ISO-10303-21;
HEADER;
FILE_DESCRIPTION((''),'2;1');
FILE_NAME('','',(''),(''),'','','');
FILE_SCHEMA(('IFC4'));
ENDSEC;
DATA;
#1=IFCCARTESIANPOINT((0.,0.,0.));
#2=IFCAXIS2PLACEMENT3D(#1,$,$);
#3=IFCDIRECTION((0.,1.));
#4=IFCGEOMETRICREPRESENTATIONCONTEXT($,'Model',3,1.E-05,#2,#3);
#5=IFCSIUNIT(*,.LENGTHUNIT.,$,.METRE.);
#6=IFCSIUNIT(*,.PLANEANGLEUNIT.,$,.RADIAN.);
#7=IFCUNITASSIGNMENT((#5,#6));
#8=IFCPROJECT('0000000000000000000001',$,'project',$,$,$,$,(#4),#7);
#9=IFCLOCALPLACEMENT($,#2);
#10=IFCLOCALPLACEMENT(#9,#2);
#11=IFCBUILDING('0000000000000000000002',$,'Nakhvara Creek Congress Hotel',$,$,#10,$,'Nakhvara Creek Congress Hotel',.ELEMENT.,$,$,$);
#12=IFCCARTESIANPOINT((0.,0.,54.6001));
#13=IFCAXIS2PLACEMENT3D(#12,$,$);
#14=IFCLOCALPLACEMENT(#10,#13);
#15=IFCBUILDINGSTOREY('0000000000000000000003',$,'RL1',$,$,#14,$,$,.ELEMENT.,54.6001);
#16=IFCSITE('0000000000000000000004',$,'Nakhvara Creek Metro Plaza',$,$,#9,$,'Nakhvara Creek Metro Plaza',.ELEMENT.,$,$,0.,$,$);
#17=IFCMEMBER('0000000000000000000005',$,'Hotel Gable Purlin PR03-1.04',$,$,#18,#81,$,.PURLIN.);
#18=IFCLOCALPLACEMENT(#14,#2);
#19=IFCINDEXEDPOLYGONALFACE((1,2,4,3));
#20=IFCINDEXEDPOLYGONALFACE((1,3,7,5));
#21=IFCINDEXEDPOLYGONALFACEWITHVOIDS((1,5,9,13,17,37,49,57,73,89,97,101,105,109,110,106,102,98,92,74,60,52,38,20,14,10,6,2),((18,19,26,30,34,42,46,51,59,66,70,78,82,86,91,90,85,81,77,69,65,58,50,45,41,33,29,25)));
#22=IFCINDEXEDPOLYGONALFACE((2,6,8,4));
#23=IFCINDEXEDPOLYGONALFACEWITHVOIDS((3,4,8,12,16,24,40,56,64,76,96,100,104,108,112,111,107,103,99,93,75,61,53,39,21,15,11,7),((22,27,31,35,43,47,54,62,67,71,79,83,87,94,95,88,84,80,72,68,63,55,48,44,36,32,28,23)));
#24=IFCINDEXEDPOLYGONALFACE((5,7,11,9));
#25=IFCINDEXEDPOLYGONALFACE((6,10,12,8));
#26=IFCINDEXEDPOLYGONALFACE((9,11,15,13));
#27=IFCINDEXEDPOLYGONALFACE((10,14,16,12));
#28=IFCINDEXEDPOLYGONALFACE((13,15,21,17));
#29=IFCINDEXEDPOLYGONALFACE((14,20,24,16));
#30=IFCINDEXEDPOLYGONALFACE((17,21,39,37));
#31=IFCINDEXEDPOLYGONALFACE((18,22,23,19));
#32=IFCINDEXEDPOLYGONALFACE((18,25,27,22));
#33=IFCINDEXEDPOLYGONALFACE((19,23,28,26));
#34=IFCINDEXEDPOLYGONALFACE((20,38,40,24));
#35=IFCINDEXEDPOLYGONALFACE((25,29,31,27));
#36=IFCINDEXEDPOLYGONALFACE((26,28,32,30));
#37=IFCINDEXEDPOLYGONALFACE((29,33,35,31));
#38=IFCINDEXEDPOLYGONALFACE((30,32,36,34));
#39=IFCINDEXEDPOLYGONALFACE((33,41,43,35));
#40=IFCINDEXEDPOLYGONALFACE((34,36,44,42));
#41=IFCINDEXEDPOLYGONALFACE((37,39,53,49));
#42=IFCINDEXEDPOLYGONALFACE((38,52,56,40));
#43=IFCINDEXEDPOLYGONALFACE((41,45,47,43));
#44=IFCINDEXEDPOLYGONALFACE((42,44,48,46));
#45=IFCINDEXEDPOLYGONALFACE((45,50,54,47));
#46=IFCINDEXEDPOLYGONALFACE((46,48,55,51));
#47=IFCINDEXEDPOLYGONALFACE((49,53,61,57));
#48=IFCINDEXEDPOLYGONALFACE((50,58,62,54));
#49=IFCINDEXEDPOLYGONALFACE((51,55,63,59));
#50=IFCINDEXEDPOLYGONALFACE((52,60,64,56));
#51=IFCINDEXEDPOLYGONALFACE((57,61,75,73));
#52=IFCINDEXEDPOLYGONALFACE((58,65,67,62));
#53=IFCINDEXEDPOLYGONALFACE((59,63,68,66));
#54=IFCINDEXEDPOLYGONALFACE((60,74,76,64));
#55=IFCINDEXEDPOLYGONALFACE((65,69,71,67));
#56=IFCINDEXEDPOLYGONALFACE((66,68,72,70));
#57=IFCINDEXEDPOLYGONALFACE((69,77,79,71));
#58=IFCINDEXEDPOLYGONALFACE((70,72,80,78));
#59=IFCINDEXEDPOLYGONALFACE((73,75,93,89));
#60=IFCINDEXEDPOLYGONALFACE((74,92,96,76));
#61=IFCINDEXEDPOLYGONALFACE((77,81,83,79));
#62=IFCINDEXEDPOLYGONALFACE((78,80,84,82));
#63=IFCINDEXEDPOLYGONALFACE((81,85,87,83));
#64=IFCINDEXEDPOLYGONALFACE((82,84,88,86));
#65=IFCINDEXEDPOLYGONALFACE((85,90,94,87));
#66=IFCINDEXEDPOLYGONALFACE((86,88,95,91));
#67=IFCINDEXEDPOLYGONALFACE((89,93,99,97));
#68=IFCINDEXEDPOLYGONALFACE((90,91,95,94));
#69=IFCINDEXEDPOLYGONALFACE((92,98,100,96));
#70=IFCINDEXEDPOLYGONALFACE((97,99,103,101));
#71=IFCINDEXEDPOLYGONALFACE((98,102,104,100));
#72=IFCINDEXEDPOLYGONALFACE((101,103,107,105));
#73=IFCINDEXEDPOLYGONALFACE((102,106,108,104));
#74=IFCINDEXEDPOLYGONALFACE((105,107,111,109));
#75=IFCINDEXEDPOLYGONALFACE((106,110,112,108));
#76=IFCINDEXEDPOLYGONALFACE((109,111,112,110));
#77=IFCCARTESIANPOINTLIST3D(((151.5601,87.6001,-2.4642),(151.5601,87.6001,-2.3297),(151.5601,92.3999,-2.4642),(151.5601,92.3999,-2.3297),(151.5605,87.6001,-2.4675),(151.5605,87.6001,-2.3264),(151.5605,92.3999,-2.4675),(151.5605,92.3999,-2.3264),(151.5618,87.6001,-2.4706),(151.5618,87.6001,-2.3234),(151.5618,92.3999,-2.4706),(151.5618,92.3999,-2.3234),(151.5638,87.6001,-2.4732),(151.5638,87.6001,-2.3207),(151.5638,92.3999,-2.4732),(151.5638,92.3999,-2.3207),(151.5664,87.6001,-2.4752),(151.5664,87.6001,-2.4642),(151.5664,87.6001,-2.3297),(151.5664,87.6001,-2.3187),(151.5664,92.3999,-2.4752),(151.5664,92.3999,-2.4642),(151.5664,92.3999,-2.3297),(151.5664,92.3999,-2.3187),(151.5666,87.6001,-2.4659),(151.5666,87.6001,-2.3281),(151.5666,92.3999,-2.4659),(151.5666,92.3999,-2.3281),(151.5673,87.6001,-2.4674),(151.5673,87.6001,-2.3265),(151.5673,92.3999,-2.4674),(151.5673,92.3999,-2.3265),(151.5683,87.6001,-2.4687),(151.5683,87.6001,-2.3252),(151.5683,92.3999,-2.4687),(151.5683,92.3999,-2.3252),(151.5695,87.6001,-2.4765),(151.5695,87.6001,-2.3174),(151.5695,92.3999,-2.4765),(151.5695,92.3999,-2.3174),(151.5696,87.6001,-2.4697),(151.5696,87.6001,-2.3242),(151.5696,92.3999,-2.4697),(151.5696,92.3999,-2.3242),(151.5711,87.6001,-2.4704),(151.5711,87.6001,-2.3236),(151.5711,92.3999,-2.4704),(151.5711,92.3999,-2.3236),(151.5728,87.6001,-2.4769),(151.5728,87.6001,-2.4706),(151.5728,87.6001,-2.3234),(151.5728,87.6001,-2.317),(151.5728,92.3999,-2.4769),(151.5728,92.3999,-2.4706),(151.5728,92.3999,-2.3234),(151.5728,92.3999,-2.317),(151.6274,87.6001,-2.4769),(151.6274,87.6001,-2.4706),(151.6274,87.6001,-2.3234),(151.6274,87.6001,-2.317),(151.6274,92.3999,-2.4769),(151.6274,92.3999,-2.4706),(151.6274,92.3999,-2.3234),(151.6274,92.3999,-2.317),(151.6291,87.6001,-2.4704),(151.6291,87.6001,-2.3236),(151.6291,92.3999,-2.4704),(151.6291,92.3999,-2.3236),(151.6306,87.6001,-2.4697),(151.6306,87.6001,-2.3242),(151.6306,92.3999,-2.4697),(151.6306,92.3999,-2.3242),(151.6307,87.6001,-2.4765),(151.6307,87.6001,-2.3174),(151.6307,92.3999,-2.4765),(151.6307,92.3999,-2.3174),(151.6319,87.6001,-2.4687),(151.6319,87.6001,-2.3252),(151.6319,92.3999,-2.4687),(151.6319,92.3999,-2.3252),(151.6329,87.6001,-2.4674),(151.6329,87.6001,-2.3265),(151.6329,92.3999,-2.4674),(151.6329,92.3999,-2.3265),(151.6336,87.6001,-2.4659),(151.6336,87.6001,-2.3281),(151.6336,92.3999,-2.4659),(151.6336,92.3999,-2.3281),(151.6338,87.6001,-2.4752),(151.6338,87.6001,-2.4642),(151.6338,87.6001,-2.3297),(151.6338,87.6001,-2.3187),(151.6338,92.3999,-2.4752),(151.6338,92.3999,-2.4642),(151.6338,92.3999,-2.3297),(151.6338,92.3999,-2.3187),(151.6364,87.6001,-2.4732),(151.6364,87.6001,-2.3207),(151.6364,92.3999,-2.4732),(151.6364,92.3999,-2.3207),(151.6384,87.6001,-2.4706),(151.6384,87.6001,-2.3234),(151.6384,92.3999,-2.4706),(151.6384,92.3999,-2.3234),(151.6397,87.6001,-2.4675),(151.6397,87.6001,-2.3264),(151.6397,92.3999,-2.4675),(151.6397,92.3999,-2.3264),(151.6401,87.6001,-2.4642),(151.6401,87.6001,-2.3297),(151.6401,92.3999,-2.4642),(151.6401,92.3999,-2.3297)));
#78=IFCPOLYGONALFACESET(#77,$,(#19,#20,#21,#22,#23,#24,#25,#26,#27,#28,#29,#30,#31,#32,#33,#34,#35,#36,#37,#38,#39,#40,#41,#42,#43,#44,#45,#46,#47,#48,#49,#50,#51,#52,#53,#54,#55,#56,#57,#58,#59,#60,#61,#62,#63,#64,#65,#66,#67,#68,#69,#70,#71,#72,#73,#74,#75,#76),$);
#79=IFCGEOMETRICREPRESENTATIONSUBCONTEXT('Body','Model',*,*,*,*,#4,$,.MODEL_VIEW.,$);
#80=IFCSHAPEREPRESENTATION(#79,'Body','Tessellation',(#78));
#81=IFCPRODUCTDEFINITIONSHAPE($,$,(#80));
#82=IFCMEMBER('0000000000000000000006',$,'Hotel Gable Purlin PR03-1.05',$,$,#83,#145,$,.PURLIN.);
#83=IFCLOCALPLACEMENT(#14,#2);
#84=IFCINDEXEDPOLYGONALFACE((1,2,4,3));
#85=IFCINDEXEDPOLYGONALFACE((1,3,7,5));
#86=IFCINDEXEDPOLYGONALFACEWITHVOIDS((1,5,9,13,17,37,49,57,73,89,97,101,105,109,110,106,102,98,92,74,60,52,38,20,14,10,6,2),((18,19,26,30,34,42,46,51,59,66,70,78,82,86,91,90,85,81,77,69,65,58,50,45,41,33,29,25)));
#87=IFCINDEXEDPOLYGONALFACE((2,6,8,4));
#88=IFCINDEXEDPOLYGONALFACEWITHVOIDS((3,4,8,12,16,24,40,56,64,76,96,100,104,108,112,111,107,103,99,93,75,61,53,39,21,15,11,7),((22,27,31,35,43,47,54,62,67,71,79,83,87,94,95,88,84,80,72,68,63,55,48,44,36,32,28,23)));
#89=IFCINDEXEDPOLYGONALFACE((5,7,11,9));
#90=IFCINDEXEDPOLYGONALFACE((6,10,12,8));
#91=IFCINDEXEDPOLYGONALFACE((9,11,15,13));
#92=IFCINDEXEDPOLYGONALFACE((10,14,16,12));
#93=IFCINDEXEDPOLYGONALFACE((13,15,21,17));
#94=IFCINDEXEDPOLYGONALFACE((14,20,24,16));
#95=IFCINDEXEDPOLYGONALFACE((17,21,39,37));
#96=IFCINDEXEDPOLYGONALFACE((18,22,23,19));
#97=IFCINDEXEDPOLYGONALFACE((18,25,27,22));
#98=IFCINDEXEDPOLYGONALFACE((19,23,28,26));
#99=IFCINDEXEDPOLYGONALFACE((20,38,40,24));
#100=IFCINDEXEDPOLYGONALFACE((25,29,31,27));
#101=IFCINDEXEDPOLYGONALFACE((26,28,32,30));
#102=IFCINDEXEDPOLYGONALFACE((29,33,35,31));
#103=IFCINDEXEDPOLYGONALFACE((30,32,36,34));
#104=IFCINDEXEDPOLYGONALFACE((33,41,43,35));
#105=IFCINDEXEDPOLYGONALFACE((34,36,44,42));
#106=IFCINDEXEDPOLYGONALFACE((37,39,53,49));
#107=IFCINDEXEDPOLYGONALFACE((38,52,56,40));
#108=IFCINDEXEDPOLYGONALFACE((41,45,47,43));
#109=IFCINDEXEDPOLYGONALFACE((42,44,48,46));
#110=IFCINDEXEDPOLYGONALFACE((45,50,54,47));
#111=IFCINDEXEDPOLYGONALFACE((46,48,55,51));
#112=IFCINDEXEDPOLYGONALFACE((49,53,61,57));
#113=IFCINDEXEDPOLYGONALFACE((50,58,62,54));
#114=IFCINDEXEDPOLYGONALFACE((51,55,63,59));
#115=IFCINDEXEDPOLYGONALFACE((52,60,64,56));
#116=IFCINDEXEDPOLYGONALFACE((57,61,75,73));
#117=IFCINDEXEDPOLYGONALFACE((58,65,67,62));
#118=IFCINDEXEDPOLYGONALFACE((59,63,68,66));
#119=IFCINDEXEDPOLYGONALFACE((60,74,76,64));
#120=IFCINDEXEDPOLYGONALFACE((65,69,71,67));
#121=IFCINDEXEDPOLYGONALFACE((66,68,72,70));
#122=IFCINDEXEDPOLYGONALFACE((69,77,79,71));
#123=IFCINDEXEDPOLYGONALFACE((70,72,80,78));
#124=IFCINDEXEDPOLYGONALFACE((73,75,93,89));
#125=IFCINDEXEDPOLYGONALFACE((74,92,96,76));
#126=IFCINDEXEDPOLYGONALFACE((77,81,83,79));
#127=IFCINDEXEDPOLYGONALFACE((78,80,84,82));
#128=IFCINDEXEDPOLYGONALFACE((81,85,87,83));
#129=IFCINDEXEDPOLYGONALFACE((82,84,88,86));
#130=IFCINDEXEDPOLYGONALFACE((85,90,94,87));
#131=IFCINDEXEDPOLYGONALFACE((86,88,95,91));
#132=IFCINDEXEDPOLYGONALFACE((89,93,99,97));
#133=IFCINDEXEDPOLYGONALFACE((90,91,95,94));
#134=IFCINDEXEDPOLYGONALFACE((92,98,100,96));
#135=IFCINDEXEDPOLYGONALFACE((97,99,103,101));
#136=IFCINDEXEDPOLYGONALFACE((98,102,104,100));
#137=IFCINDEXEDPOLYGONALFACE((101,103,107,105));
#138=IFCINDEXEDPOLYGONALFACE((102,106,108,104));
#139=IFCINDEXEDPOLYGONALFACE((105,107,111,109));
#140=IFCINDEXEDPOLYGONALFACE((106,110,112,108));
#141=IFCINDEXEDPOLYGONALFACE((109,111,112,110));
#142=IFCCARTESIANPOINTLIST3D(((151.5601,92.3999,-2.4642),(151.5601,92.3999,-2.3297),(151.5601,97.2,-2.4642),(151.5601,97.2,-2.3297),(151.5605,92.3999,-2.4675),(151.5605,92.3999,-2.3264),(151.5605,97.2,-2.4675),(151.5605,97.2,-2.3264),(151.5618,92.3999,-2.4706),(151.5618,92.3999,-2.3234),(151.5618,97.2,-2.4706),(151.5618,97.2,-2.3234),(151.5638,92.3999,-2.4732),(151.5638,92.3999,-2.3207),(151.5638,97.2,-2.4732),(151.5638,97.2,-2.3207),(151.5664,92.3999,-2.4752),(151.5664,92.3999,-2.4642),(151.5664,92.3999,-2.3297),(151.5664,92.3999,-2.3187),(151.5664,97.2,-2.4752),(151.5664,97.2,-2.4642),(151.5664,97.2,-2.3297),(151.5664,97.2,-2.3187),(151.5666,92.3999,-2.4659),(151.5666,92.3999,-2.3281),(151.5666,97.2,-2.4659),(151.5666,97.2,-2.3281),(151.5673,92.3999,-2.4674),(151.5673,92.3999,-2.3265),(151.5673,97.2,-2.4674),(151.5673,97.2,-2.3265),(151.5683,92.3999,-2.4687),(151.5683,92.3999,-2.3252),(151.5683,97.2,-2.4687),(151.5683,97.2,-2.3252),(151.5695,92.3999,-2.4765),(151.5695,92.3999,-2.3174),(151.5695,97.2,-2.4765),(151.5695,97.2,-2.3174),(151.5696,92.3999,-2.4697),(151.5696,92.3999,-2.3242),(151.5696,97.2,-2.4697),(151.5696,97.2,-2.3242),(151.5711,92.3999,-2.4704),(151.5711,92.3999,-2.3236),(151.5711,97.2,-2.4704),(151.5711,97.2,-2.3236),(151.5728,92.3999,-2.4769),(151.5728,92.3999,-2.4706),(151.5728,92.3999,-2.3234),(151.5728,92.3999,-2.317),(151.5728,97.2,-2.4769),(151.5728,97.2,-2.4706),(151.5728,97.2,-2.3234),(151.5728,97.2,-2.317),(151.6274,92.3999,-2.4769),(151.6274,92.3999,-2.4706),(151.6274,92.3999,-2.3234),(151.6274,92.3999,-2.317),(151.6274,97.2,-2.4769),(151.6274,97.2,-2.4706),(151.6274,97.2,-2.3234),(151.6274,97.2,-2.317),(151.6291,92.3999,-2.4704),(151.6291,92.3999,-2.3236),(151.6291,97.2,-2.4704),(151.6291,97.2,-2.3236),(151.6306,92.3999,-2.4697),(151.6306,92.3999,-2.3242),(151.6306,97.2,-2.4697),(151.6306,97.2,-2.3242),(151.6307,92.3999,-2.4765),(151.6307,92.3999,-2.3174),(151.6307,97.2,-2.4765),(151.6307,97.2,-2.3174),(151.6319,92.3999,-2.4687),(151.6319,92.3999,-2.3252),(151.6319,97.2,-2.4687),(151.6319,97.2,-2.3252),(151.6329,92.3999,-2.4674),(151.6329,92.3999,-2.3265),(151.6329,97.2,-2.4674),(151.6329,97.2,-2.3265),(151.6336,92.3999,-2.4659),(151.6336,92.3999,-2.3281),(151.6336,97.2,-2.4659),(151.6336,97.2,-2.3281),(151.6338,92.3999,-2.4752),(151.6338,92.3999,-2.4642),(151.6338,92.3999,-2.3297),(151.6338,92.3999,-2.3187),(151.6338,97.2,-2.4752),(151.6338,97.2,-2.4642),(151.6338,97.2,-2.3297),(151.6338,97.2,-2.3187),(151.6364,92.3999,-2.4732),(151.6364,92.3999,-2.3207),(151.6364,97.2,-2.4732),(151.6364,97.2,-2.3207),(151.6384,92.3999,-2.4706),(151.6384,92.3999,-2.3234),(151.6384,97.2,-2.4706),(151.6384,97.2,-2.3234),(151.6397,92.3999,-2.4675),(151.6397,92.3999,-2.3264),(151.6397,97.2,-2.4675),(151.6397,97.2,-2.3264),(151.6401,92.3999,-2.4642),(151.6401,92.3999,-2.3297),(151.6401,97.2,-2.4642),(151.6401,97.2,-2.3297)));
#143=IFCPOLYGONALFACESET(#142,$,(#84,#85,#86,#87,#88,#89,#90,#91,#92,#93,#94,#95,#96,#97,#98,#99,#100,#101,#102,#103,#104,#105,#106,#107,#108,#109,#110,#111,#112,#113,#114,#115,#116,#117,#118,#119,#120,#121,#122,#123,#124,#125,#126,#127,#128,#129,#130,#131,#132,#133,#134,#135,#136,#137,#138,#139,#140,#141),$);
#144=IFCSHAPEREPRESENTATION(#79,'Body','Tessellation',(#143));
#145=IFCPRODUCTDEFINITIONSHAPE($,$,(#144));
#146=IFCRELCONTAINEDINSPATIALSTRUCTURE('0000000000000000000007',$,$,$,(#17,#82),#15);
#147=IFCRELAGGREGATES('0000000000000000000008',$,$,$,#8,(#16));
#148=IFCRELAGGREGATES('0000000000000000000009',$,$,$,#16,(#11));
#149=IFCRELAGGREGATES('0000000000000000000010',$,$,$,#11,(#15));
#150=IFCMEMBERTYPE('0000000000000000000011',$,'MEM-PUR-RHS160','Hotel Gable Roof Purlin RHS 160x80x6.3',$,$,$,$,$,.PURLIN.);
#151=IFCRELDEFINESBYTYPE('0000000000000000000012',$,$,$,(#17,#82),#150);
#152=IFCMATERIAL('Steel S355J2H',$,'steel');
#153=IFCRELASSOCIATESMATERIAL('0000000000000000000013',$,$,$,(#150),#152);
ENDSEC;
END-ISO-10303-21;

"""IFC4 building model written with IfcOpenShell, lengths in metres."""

from ifc_helpers import new_model, si_unit, direction, frame, origin, origin_2d, place, context, subcontext, project, spatial, hollow_rectangle, extrude, material, material_profile, profile_set, type_object, element, save


model = new_model("IFC4")

# Units and contexts
model_context = context("Model", 3, precision=1e-05, world=origin(), true_north=direction((0.0, 1.0)))
body_context = subcontext(model_context, "Body", "Model", "MODEL_VIEW")
ifc_project = project(units=[si_unit("LENGTHUNIT", "METRE"), si_unit("PLANEANGLEUNIT", "RADIAN")], contexts=[model_context])

# Site, building, storey
site_placement = place(None, origin())
site = spatial("IfcSite", under=ifc_project, at=site_placement, Name="Nakhvara Creek Metro Plaza", LongName="Nakhvara Creek Metro Plaza", CompositionType="ELEMENT", RefElevation=0.0)
building_placement = place(site_placement, origin())
building = spatial("IfcBuilding", under=site, at=building_placement, Name="Nakhvara Creek Congress Hotel", LongName="Nakhvara Creek Congress Hotel", CompositionType="ELEMENT")
storey_placement = place(building_placement, frame((0.0, 0.0, 54.6001)))
storey = spatial("IfcBuildingStorey", under=building, at=storey_placement, Name="RL1", CompositionType="ELEMENT", Elevation=54.6001)

# Members
ifc_material_1 = material(Name="Steel S355J2H", Category="steel")
ifc_material_profile_1 = material_profile(ifc_material_1, hollow_rectangle(XDim=0.0801, YDim=0.1599, WallThickness=0.0063, InnerFilletRadius=0.0063, OuterFilletRadius=0.0127, at=origin_2d()), Name="RHS 160x80x6.3", Category="LoadBearing")
ifc_profile_set_1 = profile_set([ifc_material_profile_1], Name="Steel S355J2H")
member_type = type_object("IfcMemberType", Name="MEM-PUR-RHS160", Description="Hotel Gable Roof Purlin RHS 160x80x6.3", PredefinedType="PURLIN", material=ifc_profile_set_1)
member_1_placement = place(storey_placement, frame((151.6001, 87.6001, -2.397), z_axis=(0.0, 1.0, 0.0), x_axis=(-1.0, 0.0, 0.0)))
element("IfcMember", 1, at=member_1_placement, inside=storey, type_object=member_type, Name="Hotel Gable Purlin PR03-1.04", PredefinedType="PURLIN", context=body_context, shape_type="SweptSolid", body=[
    extrude(hollow_rectangle(XDim=0.0801, YDim=0.1599, WallThickness=0.0063, InnerFilletRadius=0.0063, OuterFilletRadius=0.0127, at=origin_2d()), origin(), (0.0, 0.0, 1.0), 4.7998),
])
for number, where, z_axis, x_axis, name in (
    (2, (151.6001, 92.3999, -2.397), (0.0, 1.0, 0.0), (-1.0, 0.0, 0.0), "Hotel Gable Purlin PR03-1.05"),
):
    element("IfcMember", number, at=place(storey_placement, frame(where, z_axis=z_axis, x_axis=x_axis)), inside=storey, type_object=member_type, Name=name, PredefinedType="PURLIN", context=body_context, shape_type="SweptSolid", body=[
        extrude(hollow_rectangle(XDim=0.0801, YDim=0.1599, WallThickness=0.0063, InnerFilletRadius=0.0063, OuterFilletRadius=0.0127, at=origin_2d()), origin(), (0.0, 0.0, 1.0), 4.8),
    ])

save(model, "model.ifc")
